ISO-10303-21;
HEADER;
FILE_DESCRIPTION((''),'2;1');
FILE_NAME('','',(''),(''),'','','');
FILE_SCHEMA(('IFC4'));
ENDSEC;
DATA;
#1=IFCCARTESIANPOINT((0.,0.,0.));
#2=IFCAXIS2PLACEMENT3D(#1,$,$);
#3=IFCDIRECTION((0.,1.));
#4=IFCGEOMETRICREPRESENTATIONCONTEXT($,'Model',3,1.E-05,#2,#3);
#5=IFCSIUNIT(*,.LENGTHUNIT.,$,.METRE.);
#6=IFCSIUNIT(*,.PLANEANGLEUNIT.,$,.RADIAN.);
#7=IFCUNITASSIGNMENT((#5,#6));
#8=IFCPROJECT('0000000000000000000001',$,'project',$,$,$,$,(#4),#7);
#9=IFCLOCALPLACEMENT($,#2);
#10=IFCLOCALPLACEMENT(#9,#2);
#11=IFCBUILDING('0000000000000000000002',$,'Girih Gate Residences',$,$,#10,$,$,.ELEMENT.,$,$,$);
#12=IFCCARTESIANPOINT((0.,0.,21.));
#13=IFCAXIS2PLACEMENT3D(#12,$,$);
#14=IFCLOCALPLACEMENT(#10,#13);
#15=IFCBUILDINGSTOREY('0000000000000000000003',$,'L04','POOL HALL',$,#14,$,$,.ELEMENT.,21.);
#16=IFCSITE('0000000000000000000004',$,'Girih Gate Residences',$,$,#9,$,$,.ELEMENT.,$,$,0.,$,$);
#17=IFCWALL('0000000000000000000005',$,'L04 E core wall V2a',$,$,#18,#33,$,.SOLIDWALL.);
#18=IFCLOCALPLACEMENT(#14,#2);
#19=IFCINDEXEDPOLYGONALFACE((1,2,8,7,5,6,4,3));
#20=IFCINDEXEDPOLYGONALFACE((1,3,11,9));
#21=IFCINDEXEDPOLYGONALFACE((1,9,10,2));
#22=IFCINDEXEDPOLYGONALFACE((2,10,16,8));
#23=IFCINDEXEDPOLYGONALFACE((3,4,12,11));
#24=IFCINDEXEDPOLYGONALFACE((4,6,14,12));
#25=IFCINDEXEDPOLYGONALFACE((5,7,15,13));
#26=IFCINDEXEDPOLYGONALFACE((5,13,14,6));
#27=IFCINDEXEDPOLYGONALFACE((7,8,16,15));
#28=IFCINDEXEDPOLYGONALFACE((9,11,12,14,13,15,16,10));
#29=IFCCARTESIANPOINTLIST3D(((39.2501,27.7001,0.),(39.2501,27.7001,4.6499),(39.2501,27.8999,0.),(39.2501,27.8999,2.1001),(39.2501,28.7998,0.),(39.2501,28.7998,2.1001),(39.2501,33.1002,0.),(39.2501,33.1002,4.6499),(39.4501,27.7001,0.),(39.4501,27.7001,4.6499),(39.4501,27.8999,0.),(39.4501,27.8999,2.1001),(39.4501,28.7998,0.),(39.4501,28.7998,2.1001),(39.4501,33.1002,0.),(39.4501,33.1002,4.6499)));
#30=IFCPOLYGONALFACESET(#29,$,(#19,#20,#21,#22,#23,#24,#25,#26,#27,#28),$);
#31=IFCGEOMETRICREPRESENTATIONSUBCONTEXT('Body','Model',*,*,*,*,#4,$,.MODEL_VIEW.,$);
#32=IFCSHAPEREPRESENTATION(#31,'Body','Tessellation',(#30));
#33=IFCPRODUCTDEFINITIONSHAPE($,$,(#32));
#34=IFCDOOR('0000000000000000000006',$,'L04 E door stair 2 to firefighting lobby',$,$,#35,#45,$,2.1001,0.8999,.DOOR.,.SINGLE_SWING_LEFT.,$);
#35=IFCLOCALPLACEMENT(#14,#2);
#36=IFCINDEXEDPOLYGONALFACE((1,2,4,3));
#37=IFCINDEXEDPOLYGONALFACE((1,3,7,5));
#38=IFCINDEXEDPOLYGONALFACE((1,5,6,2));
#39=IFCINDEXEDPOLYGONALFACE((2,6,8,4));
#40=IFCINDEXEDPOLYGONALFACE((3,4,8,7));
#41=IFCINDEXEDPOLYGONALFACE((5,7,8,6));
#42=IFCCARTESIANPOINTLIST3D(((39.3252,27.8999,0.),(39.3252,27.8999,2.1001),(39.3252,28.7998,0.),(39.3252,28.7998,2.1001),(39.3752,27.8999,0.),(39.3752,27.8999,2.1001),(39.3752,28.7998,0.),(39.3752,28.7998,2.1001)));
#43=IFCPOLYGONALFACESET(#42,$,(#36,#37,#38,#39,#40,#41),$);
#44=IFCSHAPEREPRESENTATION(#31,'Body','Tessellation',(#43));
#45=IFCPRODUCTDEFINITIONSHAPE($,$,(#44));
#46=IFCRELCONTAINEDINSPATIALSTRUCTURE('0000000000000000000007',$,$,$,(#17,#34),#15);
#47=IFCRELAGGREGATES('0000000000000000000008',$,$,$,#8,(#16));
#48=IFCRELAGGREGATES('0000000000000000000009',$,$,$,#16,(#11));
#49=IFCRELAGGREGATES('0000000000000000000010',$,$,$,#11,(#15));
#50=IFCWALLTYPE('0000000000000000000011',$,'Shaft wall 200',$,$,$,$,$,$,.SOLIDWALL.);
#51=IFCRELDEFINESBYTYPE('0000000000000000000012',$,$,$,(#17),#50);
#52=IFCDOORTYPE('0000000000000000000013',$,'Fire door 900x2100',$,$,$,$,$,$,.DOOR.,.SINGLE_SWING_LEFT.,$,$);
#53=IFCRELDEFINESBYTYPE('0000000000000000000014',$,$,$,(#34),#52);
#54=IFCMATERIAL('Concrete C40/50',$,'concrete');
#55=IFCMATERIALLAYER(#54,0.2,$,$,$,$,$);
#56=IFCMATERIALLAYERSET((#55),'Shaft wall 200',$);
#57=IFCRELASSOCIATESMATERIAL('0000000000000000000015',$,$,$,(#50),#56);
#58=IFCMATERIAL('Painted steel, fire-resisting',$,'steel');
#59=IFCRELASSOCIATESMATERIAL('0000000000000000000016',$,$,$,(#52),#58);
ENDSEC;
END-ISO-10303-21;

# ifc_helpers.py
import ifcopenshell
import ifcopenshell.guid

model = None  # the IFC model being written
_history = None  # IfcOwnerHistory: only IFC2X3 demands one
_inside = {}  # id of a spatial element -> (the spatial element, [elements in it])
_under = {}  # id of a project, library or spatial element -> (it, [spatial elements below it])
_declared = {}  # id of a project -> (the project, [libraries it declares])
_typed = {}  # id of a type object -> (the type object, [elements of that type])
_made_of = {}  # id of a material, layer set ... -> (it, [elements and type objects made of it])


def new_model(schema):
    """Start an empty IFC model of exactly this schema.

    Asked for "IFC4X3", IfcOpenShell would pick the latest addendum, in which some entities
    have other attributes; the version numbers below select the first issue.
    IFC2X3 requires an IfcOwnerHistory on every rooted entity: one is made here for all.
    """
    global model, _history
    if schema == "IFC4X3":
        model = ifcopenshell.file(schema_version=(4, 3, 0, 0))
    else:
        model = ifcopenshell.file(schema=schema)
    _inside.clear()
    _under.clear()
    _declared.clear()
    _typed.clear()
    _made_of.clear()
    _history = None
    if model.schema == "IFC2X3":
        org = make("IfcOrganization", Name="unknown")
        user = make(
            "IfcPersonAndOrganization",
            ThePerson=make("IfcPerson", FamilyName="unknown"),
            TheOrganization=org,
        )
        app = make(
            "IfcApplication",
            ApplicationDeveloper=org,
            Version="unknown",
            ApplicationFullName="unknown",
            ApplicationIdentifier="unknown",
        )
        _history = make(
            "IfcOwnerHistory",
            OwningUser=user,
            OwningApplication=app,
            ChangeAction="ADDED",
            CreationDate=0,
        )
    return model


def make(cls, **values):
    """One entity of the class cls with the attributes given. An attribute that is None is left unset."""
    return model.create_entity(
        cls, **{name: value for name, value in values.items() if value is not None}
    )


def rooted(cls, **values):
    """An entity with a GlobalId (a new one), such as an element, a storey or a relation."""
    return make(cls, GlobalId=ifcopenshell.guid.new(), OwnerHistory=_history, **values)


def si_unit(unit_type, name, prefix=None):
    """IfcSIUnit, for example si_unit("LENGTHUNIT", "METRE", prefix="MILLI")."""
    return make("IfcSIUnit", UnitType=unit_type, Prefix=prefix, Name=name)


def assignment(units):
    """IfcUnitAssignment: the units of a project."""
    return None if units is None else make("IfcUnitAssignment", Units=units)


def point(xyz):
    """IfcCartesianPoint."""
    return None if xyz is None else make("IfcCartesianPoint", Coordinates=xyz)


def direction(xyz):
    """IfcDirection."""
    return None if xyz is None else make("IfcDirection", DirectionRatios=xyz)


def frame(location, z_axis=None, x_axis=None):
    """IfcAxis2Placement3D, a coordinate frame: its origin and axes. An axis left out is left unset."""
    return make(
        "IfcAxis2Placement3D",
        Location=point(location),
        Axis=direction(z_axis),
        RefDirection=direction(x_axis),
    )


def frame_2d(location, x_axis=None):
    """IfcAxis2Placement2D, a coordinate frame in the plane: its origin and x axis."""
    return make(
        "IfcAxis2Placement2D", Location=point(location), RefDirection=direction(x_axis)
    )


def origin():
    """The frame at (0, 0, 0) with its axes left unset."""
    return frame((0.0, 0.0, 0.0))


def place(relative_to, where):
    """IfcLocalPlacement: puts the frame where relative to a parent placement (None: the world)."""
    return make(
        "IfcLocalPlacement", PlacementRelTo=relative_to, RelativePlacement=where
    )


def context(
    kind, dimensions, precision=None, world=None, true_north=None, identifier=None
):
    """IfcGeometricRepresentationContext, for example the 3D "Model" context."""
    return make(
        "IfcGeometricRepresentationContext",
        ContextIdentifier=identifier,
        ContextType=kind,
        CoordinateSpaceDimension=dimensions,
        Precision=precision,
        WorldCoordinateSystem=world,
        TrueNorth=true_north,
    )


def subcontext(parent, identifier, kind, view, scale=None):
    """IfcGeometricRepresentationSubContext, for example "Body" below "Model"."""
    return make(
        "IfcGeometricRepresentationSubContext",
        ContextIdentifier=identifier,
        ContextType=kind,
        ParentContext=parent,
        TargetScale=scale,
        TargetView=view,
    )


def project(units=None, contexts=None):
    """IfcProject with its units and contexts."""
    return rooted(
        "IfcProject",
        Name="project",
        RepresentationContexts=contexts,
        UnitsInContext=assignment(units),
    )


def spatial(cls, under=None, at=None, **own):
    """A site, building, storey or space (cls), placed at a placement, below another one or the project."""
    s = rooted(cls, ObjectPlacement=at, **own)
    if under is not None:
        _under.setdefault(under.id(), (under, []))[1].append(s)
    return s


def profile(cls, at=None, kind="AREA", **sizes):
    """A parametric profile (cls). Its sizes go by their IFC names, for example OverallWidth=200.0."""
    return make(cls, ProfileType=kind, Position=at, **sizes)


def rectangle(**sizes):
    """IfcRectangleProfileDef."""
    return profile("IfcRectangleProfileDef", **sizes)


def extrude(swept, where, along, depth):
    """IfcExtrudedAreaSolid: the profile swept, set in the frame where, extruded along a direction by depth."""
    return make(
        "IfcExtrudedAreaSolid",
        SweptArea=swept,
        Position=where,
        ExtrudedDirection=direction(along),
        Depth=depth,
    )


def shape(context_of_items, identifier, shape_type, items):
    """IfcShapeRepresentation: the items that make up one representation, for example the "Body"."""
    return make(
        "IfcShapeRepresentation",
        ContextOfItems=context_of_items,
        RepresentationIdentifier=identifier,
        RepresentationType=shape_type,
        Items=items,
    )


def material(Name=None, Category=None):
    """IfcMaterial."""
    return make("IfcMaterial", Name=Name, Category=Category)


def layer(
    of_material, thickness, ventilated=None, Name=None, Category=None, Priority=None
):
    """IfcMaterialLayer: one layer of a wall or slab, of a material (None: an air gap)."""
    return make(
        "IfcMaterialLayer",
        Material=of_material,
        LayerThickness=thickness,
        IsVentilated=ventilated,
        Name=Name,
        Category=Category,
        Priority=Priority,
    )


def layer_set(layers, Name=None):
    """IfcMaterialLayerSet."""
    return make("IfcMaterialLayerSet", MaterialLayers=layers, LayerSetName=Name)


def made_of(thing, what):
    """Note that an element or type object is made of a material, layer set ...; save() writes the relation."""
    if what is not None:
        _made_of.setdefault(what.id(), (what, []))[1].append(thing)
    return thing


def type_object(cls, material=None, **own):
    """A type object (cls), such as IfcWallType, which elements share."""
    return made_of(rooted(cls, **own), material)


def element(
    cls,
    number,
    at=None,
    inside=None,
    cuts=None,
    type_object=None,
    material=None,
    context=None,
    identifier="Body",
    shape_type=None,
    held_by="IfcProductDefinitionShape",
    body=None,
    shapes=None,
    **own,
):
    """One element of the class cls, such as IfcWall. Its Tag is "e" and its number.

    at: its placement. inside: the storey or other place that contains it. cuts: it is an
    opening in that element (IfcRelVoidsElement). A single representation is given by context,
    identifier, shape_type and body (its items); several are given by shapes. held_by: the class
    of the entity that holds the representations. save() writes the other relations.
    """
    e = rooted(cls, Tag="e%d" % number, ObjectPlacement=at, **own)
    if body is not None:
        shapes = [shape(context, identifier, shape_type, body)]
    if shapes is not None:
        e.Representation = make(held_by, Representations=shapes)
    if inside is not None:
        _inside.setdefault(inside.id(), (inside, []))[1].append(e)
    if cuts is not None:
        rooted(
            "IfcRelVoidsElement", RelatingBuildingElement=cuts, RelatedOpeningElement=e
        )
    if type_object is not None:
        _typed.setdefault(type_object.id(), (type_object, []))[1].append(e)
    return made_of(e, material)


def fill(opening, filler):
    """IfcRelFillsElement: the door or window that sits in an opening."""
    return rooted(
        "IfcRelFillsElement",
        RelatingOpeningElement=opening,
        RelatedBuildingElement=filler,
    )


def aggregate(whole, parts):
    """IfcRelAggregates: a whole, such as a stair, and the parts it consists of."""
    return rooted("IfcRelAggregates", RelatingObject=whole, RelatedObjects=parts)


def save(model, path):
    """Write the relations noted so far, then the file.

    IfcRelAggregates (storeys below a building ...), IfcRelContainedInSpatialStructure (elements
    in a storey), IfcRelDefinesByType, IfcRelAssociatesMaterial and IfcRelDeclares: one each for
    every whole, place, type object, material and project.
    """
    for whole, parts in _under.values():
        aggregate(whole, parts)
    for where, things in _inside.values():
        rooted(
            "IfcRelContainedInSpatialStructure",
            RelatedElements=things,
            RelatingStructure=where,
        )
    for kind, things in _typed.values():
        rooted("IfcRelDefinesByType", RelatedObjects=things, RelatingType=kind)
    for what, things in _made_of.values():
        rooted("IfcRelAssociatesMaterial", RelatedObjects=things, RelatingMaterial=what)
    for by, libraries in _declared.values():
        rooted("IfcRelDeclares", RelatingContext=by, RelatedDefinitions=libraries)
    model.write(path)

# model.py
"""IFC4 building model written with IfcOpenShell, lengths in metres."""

from ifc_helpers import new_model, si_unit, direction, frame, frame_2d, origin, place, context, subcontext, project, spatial, rectangle, extrude, material, layer, layer_set, type_object, element, fill, save


model = new_model("IFC4")

# Units and contexts
model_context = context("Model", 3, precision=1e-05, world=origin(), true_north=direction((0.0, 1.0)))
body_context = subcontext(model_context, "Body", "Model", "MODEL_VIEW")
ifc_project = project(units=[si_unit("LENGTHUNIT", "METRE"), si_unit("PLANEANGLEUNIT", "RADIAN")], contexts=[model_context])

# Site, building, storey
site_placement = place(None, origin())
site = spatial("IfcSite", under=ifc_project, at=site_placement, Name="Girih Gate Residences", CompositionType="ELEMENT", RefElevation=0.0)
building_placement = place(site_placement, origin())
building = spatial("IfcBuilding", under=site, at=building_placement, Name="Girih Gate Residences", CompositionType="ELEMENT")
storey_placement = place(building_placement, frame((0.0, 0.0, 21.0)))
storey = spatial("IfcBuildingStorey", under=building, at=storey_placement, Name="L04", Description="POOL HALL", CompositionType="ELEMENT", Elevation=21.0)

# Shared definitions
ifc_material_1 = material(Name="Painted steel, fire-resisting", Category="steel")

# Wall, opening, door
ifc_material_2 = material(Name="Concrete C40/50", Category="concrete")
ifc_layer_1 = layer(ifc_material_2, 0.2)
ifc_layer_set_1 = layer_set([ifc_layer_1], Name="Shaft wall 200")
wall_type_1 = type_object("IfcWallType", Name="Shaft wall 200", PredefinedType="SOLIDWALL", material=ifc_layer_set_1)
door_type_1 = type_object("IfcDoorType", Name="Fire door 900x2100", OperationType="SINGLE_SWING_LEFT", PredefinedType="DOOR", material=ifc_material_1)
wall_1_placement = place(storey_placement, frame((39.3501, 27.7, 0.0), z_axis=(0.0, 0.0, 1.0), x_axis=(0.0, 1.0, 0.0)))
wall_1 = element("IfcWall", 1, at=wall_1_placement, inside=storey, type_object=wall_type_1, Name="L04 E core wall V2a", PredefinedType="SOLIDWALL", context=body_context, shape_type="SweptSolid", body=[
    extrude(rectangle(XDim=5.4001, YDim=0.2, at=frame_2d((2.7002, 0.0))), origin(), (0.0, 0.0, 1.0), 4.6499),
])
opening_1_placement = place(wall_1_placement, frame((0.2, 0.0, 0.0)))
opening_1 = element("IfcOpeningElement", 2, at=opening_1_placement, cuts=wall_1, PredefinedType="OPENING", context=body_context, shape_type="SweptSolid", body=[
    extrude(rectangle(XDim=0.8999, YDim=2.1001, at=frame_2d((0.45, 1.05))), frame((0.0, 0.1099, 0.0), z_axis=(0.0, -1.0, 0.0), x_axis=(1.0, 0.0, 0.0)), (0.0, 0.0, 1.0), 0.22),
])
door_1_placement = place(opening_1_placement, origin())
door_1 = element("IfcDoor", 3, at=door_1_placement, inside=storey, type_object=door_type_1, Name="L04 E door stair 2 to firefighting lobby", OperationType="SINGLE_SWING_LEFT", OverallHeight=2.1001, OverallWidth=0.8999, PredefinedType="DOOR", context=body_context, shape_type="SweptSolid", body=[
    extrude(rectangle(XDim=0.8999, YDim=2.1001, at=frame_2d((0.45, 1.05))), frame((0.0, 0.0249, 0.0), z_axis=(0.0, -1.0, 0.0), x_axis=(1.0, 0.0, 0.0)), (0.0, 0.0, 1.0), 0.05),
])
fill(opening_1, door_1)

save(model, "model.ifc")
